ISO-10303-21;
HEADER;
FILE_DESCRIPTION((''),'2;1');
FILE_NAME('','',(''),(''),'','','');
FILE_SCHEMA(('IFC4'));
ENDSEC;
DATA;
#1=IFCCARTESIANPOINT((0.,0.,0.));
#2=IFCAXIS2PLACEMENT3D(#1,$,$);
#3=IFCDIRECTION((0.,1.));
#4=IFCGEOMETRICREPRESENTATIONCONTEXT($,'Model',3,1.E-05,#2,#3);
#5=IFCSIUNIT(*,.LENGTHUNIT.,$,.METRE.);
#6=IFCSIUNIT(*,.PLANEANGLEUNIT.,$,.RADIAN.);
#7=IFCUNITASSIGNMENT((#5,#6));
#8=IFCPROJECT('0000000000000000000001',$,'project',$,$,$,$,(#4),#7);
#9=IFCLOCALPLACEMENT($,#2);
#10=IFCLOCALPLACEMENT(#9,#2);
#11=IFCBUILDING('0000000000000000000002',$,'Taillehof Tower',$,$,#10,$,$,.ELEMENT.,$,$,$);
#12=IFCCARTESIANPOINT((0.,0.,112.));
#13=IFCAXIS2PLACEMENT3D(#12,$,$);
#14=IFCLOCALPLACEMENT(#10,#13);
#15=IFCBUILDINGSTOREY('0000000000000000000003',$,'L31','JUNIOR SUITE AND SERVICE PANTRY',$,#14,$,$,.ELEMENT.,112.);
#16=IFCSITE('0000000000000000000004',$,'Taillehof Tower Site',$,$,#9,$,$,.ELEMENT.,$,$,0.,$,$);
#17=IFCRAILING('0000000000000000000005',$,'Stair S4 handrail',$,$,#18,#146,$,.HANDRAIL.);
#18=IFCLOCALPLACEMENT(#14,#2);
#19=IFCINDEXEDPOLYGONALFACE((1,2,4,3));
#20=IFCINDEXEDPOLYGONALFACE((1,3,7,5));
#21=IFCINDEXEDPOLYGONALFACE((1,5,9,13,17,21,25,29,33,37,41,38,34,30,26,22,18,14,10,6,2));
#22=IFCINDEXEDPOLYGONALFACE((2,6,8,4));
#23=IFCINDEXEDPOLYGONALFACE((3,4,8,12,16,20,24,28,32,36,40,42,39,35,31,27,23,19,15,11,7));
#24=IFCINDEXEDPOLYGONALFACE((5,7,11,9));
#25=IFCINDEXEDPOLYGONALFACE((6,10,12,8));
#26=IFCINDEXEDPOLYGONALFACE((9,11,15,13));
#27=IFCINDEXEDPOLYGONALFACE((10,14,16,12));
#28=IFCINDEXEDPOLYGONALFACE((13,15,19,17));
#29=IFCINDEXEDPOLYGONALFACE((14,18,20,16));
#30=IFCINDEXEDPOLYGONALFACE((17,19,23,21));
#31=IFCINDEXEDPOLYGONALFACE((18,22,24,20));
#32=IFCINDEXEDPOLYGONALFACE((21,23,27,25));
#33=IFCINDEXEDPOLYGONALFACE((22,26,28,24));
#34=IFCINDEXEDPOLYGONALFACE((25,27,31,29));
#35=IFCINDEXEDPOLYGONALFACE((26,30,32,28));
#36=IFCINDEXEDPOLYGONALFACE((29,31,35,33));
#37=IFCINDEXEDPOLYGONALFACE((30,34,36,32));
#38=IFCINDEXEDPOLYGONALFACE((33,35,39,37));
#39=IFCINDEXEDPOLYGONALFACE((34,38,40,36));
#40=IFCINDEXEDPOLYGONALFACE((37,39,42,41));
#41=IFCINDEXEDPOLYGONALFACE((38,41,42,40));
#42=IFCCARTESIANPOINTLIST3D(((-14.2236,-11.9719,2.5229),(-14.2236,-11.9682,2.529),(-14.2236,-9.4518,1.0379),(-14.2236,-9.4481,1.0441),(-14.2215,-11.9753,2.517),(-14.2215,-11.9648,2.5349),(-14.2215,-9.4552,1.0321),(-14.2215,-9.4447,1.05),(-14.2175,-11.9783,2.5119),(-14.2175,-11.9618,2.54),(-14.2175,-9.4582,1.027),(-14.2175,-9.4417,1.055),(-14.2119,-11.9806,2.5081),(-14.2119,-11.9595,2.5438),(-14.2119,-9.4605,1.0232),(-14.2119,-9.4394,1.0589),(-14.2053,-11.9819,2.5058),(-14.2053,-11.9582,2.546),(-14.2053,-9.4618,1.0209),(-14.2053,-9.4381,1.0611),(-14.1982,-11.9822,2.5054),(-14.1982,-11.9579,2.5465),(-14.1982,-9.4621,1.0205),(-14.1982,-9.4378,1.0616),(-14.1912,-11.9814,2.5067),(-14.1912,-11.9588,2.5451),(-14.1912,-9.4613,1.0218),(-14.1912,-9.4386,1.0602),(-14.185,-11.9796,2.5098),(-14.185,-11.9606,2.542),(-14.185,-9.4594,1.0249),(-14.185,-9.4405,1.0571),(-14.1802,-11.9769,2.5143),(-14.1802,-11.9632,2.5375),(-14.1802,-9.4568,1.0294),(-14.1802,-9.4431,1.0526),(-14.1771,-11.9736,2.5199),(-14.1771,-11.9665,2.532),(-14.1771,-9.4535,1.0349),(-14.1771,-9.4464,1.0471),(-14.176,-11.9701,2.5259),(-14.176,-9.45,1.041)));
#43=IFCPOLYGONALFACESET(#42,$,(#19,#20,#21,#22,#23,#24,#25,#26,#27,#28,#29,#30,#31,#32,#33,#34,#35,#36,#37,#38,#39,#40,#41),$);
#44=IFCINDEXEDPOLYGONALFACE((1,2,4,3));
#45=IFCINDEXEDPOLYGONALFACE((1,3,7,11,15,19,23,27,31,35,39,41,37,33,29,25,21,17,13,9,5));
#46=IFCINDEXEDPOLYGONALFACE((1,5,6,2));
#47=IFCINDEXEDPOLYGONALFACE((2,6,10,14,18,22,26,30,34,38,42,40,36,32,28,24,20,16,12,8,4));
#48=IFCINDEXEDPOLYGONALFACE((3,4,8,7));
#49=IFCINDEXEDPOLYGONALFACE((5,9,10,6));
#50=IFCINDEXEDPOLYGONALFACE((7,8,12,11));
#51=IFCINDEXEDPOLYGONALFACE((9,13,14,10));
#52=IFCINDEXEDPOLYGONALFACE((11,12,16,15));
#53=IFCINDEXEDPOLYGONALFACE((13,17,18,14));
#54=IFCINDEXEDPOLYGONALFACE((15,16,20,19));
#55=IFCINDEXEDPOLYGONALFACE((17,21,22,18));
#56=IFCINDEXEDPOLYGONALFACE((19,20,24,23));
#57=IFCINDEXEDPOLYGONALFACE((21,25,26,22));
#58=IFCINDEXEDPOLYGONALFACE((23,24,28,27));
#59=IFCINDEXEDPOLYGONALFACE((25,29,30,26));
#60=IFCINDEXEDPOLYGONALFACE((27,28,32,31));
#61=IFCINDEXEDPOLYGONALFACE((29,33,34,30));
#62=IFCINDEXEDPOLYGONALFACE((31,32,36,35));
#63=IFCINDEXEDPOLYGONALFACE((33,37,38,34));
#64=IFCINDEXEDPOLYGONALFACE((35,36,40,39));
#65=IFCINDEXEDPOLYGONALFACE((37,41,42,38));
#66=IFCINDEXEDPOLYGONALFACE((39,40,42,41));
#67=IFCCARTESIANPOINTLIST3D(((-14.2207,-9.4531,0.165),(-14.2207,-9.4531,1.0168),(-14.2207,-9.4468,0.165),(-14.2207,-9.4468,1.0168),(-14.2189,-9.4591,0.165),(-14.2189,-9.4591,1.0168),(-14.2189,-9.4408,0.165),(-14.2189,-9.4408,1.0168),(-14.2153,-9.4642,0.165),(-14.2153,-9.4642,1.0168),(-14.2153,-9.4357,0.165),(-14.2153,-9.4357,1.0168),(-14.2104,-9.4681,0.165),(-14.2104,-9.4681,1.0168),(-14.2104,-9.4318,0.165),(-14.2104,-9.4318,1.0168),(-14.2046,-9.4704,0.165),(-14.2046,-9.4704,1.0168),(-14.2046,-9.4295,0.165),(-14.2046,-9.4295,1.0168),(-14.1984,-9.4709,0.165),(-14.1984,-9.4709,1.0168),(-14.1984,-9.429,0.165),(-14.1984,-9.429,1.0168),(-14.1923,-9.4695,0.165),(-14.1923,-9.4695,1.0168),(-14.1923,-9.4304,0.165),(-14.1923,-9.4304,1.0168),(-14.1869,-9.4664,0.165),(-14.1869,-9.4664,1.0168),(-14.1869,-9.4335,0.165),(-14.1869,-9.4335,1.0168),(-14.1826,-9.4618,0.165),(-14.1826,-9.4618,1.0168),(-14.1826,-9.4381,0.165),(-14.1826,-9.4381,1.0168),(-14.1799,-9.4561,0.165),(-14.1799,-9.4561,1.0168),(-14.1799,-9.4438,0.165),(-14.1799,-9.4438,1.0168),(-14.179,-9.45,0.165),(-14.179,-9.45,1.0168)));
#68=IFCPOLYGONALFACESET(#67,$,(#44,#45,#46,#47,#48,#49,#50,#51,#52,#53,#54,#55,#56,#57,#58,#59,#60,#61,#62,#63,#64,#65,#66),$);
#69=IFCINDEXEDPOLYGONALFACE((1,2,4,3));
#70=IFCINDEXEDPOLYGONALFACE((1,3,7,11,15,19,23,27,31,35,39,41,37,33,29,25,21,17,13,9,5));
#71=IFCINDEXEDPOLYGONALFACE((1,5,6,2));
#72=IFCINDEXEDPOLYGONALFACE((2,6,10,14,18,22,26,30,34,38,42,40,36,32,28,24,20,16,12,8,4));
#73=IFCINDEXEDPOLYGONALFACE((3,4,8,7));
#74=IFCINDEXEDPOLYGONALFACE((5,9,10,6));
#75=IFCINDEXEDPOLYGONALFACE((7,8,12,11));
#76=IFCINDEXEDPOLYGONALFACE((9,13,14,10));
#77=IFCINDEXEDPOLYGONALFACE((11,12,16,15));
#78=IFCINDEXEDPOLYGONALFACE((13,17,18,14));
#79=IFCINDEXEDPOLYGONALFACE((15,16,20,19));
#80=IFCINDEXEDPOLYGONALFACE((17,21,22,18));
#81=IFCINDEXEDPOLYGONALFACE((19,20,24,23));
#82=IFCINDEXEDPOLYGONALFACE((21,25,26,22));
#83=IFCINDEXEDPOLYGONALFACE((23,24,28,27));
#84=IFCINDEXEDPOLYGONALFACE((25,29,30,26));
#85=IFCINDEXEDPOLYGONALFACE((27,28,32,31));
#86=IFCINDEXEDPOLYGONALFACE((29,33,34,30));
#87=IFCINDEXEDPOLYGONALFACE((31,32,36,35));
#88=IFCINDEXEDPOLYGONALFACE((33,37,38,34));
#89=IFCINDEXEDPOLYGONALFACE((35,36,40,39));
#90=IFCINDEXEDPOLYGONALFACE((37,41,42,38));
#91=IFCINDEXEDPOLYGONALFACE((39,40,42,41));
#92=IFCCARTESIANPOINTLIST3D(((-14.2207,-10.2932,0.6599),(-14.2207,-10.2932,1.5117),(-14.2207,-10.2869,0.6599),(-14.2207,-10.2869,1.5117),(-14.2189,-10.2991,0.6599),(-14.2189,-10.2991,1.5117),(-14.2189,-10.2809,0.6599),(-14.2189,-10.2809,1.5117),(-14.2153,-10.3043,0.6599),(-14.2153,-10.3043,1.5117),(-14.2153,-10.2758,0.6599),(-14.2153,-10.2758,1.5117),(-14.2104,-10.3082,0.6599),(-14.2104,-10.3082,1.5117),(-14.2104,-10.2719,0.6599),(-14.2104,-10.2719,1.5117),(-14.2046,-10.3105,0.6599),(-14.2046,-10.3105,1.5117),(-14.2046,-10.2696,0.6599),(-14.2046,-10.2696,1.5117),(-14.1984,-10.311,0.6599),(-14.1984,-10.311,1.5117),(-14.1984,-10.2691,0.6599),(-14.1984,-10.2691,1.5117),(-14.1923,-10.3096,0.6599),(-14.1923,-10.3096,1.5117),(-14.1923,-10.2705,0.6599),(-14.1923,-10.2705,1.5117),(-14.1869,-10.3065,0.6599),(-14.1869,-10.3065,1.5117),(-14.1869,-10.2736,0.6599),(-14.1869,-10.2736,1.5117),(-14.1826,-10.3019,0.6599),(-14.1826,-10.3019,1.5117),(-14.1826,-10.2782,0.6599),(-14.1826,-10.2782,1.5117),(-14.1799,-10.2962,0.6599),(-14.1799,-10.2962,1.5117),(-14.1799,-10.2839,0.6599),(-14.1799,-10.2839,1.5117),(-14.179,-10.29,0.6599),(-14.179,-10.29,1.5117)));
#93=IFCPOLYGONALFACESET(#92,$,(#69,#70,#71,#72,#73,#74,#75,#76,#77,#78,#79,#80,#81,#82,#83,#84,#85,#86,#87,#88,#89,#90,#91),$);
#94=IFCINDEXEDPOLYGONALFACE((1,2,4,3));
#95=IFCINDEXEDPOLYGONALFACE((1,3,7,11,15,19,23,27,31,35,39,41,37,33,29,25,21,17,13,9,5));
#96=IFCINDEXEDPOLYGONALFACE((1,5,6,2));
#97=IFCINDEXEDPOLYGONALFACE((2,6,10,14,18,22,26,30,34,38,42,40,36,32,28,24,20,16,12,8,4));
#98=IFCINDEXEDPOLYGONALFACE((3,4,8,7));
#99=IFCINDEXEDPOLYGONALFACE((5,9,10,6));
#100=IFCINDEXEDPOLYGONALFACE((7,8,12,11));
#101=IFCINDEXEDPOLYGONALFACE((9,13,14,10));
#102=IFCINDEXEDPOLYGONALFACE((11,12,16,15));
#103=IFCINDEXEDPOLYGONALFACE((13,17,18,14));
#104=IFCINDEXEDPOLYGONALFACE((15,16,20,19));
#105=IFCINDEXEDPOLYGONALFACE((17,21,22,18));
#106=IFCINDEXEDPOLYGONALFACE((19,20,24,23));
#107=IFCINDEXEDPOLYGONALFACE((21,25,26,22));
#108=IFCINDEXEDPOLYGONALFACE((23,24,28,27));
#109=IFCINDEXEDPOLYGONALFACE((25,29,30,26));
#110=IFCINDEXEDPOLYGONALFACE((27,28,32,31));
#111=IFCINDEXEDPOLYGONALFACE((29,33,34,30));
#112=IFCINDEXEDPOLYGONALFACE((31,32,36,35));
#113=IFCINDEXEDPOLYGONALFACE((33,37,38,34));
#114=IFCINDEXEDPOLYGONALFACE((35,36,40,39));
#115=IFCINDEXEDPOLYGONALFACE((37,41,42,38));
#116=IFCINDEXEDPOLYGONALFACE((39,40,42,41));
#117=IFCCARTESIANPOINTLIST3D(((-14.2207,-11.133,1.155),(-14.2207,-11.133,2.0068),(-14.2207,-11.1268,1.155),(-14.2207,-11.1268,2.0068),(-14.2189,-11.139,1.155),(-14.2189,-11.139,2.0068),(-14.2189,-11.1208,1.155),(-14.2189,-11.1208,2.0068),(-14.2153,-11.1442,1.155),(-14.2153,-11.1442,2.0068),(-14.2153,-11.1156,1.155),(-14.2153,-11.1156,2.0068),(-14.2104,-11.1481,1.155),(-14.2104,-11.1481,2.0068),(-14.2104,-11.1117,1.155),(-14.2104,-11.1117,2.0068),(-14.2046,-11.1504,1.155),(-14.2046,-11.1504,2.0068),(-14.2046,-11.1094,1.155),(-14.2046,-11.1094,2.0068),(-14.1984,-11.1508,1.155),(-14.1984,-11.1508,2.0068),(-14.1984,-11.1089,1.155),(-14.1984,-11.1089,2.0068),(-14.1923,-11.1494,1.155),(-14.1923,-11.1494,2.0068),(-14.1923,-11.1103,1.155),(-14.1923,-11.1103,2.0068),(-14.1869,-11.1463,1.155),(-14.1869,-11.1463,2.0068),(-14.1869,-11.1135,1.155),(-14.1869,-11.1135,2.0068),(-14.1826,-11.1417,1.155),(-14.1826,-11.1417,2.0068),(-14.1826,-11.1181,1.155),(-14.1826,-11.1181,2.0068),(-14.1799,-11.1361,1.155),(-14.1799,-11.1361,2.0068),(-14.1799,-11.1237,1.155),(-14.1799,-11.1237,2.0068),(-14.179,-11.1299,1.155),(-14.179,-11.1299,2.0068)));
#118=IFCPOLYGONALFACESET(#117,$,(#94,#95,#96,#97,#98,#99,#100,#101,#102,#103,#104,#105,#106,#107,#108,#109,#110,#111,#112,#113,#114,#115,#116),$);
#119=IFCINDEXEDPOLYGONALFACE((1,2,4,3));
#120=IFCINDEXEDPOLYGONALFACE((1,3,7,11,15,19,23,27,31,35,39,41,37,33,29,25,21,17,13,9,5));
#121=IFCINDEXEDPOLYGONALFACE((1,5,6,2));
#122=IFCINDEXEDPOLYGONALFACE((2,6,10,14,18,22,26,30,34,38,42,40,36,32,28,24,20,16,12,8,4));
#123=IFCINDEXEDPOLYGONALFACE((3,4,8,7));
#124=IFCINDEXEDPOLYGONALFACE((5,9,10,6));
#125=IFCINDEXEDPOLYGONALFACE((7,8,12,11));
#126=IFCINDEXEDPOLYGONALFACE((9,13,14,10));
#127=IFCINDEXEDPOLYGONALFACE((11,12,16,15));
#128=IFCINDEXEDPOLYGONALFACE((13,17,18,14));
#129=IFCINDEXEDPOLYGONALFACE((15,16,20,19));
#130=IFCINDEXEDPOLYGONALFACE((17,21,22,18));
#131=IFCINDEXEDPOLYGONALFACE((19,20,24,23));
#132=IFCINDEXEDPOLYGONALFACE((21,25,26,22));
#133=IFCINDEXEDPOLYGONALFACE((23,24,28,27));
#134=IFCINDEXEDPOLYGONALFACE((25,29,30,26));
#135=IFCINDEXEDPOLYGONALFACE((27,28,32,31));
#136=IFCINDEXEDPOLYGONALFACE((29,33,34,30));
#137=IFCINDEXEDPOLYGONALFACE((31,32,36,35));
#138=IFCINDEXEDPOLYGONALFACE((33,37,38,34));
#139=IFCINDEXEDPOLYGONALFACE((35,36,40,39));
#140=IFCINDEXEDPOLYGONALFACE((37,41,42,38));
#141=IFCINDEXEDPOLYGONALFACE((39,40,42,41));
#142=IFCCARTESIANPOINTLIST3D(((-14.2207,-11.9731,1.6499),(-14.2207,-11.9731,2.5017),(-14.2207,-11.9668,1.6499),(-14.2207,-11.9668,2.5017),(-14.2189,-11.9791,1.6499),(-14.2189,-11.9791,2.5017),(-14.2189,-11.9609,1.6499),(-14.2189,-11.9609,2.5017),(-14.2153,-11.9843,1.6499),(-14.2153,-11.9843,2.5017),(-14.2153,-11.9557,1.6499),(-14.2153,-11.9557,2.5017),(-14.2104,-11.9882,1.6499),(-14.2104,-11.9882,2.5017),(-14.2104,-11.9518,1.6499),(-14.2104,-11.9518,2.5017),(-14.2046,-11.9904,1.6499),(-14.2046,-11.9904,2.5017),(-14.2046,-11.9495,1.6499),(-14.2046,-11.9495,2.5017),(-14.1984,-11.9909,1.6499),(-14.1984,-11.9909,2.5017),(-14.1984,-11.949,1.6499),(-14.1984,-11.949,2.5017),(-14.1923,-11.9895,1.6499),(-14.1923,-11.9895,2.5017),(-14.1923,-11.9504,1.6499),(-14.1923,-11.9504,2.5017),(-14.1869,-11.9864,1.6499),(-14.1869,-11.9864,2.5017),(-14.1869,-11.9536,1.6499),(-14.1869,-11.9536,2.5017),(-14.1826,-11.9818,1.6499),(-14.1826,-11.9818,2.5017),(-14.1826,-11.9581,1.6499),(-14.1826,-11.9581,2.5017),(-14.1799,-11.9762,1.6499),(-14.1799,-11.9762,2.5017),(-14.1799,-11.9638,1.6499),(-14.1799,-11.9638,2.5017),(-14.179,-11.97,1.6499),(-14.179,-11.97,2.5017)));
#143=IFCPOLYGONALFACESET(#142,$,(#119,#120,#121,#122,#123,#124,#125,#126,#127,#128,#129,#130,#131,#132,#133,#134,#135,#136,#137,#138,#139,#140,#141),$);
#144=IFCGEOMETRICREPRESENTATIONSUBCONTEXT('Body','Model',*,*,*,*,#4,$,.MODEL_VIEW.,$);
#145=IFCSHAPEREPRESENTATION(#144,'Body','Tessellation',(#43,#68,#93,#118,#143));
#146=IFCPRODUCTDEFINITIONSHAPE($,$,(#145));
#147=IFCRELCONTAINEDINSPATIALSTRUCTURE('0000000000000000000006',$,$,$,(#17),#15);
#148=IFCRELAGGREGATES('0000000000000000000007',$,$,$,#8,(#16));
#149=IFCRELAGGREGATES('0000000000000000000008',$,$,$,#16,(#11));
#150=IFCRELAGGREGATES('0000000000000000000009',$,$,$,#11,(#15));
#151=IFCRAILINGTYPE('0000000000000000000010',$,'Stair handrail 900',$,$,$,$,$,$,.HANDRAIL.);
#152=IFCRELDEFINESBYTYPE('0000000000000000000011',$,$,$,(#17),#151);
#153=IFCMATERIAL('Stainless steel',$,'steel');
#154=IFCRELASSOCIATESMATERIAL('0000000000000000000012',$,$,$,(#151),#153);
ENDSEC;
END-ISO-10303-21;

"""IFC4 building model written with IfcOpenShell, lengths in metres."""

from ifc_helpers import new_model, si_unit, direction, frame, origin, origin_2d, place, context, subcontext, project, spatial, circle, extrude, material, type_object, element, save


model = new_model("IFC4")

# Units and contexts
model_context = context("Model", 3, precision=1e-05, world=origin(), true_north=direction((0.0, 1.0)))
body_context = subcontext(model_context, "Body", "Model", "MODEL_VIEW")
ifc_project = project(units=[si_unit("LENGTHUNIT", "METRE"), si_unit("PLANEANGLEUNIT", "RADIAN")], contexts=[model_context])

# Site, building, storey
site_placement = place(None, origin())
site = spatial("IfcSite", under=ifc_project, at=site_placement, Name="Taillehof Tower Site", CompositionType="ELEMENT", RefElevation=0.0)
building_placement = place(site_placement, origin())
building = spatial("IfcBuilding", under=site, at=building_placement, Name="Taillehof Tower", CompositionType="ELEMENT")
storey_placement = place(building_placement, frame((0.0, 0.0, 112.0)))
storey = spatial("IfcBuildingStorey", under=building, at=storey_placement, Name="L31", Description="JUNIOR SUITE AND SERVICE PANTRY", CompositionType="ELEMENT", Elevation=112.0)

# Railing
ifc_material_1 = material(Name="Stainless steel", Category="steel")
railing_type = type_object("IfcRailingType", Name="Stair handrail 900", PredefinedType="HANDRAIL", material=ifc_material_1)
railing_placement = place(storey_placement, frame((-14.2, -9.45, 0.165)))
element("IfcRailing", 1, at=railing_placement, inside=storey, type_object=railing_type, Name="Stair S4 handrail", PredefinedType="HANDRAIL", context=body_context, shape_type="SweptSolid", body=[
    extrude(circle(Radius=0.0239, at=origin_2d()), frame((0.0, 0.0, 0.876), z_axis=(0.0, -0.861561, 0.507655), x_axis=(1.0, 0.0, 0.0)), (0.0, 0.0, 1.0), 2.925),
    extrude(circle(Radius=0.021, at=origin_2d()), origin(), (0.0, 0.0, 1.0), 0.8518),
    extrude(circle(Radius=0.021, at=origin_2d()), frame((0.0, -0.8401, 0.4949)), (0.0, 0.0, 1.0), 0.8518),
    extrude(circle(Radius=0.021, at=origin_2d()), frame((0.0, -1.6799, 0.99)), (0.0, 0.0, 1.0), 0.8518),
    extrude(circle(Radius=0.021, at=origin_2d()), frame((0.0, -2.52, 1.4849)), (0.0, 0.0, 1.0), 0.8518),
])

save(model, "model.ifc")
